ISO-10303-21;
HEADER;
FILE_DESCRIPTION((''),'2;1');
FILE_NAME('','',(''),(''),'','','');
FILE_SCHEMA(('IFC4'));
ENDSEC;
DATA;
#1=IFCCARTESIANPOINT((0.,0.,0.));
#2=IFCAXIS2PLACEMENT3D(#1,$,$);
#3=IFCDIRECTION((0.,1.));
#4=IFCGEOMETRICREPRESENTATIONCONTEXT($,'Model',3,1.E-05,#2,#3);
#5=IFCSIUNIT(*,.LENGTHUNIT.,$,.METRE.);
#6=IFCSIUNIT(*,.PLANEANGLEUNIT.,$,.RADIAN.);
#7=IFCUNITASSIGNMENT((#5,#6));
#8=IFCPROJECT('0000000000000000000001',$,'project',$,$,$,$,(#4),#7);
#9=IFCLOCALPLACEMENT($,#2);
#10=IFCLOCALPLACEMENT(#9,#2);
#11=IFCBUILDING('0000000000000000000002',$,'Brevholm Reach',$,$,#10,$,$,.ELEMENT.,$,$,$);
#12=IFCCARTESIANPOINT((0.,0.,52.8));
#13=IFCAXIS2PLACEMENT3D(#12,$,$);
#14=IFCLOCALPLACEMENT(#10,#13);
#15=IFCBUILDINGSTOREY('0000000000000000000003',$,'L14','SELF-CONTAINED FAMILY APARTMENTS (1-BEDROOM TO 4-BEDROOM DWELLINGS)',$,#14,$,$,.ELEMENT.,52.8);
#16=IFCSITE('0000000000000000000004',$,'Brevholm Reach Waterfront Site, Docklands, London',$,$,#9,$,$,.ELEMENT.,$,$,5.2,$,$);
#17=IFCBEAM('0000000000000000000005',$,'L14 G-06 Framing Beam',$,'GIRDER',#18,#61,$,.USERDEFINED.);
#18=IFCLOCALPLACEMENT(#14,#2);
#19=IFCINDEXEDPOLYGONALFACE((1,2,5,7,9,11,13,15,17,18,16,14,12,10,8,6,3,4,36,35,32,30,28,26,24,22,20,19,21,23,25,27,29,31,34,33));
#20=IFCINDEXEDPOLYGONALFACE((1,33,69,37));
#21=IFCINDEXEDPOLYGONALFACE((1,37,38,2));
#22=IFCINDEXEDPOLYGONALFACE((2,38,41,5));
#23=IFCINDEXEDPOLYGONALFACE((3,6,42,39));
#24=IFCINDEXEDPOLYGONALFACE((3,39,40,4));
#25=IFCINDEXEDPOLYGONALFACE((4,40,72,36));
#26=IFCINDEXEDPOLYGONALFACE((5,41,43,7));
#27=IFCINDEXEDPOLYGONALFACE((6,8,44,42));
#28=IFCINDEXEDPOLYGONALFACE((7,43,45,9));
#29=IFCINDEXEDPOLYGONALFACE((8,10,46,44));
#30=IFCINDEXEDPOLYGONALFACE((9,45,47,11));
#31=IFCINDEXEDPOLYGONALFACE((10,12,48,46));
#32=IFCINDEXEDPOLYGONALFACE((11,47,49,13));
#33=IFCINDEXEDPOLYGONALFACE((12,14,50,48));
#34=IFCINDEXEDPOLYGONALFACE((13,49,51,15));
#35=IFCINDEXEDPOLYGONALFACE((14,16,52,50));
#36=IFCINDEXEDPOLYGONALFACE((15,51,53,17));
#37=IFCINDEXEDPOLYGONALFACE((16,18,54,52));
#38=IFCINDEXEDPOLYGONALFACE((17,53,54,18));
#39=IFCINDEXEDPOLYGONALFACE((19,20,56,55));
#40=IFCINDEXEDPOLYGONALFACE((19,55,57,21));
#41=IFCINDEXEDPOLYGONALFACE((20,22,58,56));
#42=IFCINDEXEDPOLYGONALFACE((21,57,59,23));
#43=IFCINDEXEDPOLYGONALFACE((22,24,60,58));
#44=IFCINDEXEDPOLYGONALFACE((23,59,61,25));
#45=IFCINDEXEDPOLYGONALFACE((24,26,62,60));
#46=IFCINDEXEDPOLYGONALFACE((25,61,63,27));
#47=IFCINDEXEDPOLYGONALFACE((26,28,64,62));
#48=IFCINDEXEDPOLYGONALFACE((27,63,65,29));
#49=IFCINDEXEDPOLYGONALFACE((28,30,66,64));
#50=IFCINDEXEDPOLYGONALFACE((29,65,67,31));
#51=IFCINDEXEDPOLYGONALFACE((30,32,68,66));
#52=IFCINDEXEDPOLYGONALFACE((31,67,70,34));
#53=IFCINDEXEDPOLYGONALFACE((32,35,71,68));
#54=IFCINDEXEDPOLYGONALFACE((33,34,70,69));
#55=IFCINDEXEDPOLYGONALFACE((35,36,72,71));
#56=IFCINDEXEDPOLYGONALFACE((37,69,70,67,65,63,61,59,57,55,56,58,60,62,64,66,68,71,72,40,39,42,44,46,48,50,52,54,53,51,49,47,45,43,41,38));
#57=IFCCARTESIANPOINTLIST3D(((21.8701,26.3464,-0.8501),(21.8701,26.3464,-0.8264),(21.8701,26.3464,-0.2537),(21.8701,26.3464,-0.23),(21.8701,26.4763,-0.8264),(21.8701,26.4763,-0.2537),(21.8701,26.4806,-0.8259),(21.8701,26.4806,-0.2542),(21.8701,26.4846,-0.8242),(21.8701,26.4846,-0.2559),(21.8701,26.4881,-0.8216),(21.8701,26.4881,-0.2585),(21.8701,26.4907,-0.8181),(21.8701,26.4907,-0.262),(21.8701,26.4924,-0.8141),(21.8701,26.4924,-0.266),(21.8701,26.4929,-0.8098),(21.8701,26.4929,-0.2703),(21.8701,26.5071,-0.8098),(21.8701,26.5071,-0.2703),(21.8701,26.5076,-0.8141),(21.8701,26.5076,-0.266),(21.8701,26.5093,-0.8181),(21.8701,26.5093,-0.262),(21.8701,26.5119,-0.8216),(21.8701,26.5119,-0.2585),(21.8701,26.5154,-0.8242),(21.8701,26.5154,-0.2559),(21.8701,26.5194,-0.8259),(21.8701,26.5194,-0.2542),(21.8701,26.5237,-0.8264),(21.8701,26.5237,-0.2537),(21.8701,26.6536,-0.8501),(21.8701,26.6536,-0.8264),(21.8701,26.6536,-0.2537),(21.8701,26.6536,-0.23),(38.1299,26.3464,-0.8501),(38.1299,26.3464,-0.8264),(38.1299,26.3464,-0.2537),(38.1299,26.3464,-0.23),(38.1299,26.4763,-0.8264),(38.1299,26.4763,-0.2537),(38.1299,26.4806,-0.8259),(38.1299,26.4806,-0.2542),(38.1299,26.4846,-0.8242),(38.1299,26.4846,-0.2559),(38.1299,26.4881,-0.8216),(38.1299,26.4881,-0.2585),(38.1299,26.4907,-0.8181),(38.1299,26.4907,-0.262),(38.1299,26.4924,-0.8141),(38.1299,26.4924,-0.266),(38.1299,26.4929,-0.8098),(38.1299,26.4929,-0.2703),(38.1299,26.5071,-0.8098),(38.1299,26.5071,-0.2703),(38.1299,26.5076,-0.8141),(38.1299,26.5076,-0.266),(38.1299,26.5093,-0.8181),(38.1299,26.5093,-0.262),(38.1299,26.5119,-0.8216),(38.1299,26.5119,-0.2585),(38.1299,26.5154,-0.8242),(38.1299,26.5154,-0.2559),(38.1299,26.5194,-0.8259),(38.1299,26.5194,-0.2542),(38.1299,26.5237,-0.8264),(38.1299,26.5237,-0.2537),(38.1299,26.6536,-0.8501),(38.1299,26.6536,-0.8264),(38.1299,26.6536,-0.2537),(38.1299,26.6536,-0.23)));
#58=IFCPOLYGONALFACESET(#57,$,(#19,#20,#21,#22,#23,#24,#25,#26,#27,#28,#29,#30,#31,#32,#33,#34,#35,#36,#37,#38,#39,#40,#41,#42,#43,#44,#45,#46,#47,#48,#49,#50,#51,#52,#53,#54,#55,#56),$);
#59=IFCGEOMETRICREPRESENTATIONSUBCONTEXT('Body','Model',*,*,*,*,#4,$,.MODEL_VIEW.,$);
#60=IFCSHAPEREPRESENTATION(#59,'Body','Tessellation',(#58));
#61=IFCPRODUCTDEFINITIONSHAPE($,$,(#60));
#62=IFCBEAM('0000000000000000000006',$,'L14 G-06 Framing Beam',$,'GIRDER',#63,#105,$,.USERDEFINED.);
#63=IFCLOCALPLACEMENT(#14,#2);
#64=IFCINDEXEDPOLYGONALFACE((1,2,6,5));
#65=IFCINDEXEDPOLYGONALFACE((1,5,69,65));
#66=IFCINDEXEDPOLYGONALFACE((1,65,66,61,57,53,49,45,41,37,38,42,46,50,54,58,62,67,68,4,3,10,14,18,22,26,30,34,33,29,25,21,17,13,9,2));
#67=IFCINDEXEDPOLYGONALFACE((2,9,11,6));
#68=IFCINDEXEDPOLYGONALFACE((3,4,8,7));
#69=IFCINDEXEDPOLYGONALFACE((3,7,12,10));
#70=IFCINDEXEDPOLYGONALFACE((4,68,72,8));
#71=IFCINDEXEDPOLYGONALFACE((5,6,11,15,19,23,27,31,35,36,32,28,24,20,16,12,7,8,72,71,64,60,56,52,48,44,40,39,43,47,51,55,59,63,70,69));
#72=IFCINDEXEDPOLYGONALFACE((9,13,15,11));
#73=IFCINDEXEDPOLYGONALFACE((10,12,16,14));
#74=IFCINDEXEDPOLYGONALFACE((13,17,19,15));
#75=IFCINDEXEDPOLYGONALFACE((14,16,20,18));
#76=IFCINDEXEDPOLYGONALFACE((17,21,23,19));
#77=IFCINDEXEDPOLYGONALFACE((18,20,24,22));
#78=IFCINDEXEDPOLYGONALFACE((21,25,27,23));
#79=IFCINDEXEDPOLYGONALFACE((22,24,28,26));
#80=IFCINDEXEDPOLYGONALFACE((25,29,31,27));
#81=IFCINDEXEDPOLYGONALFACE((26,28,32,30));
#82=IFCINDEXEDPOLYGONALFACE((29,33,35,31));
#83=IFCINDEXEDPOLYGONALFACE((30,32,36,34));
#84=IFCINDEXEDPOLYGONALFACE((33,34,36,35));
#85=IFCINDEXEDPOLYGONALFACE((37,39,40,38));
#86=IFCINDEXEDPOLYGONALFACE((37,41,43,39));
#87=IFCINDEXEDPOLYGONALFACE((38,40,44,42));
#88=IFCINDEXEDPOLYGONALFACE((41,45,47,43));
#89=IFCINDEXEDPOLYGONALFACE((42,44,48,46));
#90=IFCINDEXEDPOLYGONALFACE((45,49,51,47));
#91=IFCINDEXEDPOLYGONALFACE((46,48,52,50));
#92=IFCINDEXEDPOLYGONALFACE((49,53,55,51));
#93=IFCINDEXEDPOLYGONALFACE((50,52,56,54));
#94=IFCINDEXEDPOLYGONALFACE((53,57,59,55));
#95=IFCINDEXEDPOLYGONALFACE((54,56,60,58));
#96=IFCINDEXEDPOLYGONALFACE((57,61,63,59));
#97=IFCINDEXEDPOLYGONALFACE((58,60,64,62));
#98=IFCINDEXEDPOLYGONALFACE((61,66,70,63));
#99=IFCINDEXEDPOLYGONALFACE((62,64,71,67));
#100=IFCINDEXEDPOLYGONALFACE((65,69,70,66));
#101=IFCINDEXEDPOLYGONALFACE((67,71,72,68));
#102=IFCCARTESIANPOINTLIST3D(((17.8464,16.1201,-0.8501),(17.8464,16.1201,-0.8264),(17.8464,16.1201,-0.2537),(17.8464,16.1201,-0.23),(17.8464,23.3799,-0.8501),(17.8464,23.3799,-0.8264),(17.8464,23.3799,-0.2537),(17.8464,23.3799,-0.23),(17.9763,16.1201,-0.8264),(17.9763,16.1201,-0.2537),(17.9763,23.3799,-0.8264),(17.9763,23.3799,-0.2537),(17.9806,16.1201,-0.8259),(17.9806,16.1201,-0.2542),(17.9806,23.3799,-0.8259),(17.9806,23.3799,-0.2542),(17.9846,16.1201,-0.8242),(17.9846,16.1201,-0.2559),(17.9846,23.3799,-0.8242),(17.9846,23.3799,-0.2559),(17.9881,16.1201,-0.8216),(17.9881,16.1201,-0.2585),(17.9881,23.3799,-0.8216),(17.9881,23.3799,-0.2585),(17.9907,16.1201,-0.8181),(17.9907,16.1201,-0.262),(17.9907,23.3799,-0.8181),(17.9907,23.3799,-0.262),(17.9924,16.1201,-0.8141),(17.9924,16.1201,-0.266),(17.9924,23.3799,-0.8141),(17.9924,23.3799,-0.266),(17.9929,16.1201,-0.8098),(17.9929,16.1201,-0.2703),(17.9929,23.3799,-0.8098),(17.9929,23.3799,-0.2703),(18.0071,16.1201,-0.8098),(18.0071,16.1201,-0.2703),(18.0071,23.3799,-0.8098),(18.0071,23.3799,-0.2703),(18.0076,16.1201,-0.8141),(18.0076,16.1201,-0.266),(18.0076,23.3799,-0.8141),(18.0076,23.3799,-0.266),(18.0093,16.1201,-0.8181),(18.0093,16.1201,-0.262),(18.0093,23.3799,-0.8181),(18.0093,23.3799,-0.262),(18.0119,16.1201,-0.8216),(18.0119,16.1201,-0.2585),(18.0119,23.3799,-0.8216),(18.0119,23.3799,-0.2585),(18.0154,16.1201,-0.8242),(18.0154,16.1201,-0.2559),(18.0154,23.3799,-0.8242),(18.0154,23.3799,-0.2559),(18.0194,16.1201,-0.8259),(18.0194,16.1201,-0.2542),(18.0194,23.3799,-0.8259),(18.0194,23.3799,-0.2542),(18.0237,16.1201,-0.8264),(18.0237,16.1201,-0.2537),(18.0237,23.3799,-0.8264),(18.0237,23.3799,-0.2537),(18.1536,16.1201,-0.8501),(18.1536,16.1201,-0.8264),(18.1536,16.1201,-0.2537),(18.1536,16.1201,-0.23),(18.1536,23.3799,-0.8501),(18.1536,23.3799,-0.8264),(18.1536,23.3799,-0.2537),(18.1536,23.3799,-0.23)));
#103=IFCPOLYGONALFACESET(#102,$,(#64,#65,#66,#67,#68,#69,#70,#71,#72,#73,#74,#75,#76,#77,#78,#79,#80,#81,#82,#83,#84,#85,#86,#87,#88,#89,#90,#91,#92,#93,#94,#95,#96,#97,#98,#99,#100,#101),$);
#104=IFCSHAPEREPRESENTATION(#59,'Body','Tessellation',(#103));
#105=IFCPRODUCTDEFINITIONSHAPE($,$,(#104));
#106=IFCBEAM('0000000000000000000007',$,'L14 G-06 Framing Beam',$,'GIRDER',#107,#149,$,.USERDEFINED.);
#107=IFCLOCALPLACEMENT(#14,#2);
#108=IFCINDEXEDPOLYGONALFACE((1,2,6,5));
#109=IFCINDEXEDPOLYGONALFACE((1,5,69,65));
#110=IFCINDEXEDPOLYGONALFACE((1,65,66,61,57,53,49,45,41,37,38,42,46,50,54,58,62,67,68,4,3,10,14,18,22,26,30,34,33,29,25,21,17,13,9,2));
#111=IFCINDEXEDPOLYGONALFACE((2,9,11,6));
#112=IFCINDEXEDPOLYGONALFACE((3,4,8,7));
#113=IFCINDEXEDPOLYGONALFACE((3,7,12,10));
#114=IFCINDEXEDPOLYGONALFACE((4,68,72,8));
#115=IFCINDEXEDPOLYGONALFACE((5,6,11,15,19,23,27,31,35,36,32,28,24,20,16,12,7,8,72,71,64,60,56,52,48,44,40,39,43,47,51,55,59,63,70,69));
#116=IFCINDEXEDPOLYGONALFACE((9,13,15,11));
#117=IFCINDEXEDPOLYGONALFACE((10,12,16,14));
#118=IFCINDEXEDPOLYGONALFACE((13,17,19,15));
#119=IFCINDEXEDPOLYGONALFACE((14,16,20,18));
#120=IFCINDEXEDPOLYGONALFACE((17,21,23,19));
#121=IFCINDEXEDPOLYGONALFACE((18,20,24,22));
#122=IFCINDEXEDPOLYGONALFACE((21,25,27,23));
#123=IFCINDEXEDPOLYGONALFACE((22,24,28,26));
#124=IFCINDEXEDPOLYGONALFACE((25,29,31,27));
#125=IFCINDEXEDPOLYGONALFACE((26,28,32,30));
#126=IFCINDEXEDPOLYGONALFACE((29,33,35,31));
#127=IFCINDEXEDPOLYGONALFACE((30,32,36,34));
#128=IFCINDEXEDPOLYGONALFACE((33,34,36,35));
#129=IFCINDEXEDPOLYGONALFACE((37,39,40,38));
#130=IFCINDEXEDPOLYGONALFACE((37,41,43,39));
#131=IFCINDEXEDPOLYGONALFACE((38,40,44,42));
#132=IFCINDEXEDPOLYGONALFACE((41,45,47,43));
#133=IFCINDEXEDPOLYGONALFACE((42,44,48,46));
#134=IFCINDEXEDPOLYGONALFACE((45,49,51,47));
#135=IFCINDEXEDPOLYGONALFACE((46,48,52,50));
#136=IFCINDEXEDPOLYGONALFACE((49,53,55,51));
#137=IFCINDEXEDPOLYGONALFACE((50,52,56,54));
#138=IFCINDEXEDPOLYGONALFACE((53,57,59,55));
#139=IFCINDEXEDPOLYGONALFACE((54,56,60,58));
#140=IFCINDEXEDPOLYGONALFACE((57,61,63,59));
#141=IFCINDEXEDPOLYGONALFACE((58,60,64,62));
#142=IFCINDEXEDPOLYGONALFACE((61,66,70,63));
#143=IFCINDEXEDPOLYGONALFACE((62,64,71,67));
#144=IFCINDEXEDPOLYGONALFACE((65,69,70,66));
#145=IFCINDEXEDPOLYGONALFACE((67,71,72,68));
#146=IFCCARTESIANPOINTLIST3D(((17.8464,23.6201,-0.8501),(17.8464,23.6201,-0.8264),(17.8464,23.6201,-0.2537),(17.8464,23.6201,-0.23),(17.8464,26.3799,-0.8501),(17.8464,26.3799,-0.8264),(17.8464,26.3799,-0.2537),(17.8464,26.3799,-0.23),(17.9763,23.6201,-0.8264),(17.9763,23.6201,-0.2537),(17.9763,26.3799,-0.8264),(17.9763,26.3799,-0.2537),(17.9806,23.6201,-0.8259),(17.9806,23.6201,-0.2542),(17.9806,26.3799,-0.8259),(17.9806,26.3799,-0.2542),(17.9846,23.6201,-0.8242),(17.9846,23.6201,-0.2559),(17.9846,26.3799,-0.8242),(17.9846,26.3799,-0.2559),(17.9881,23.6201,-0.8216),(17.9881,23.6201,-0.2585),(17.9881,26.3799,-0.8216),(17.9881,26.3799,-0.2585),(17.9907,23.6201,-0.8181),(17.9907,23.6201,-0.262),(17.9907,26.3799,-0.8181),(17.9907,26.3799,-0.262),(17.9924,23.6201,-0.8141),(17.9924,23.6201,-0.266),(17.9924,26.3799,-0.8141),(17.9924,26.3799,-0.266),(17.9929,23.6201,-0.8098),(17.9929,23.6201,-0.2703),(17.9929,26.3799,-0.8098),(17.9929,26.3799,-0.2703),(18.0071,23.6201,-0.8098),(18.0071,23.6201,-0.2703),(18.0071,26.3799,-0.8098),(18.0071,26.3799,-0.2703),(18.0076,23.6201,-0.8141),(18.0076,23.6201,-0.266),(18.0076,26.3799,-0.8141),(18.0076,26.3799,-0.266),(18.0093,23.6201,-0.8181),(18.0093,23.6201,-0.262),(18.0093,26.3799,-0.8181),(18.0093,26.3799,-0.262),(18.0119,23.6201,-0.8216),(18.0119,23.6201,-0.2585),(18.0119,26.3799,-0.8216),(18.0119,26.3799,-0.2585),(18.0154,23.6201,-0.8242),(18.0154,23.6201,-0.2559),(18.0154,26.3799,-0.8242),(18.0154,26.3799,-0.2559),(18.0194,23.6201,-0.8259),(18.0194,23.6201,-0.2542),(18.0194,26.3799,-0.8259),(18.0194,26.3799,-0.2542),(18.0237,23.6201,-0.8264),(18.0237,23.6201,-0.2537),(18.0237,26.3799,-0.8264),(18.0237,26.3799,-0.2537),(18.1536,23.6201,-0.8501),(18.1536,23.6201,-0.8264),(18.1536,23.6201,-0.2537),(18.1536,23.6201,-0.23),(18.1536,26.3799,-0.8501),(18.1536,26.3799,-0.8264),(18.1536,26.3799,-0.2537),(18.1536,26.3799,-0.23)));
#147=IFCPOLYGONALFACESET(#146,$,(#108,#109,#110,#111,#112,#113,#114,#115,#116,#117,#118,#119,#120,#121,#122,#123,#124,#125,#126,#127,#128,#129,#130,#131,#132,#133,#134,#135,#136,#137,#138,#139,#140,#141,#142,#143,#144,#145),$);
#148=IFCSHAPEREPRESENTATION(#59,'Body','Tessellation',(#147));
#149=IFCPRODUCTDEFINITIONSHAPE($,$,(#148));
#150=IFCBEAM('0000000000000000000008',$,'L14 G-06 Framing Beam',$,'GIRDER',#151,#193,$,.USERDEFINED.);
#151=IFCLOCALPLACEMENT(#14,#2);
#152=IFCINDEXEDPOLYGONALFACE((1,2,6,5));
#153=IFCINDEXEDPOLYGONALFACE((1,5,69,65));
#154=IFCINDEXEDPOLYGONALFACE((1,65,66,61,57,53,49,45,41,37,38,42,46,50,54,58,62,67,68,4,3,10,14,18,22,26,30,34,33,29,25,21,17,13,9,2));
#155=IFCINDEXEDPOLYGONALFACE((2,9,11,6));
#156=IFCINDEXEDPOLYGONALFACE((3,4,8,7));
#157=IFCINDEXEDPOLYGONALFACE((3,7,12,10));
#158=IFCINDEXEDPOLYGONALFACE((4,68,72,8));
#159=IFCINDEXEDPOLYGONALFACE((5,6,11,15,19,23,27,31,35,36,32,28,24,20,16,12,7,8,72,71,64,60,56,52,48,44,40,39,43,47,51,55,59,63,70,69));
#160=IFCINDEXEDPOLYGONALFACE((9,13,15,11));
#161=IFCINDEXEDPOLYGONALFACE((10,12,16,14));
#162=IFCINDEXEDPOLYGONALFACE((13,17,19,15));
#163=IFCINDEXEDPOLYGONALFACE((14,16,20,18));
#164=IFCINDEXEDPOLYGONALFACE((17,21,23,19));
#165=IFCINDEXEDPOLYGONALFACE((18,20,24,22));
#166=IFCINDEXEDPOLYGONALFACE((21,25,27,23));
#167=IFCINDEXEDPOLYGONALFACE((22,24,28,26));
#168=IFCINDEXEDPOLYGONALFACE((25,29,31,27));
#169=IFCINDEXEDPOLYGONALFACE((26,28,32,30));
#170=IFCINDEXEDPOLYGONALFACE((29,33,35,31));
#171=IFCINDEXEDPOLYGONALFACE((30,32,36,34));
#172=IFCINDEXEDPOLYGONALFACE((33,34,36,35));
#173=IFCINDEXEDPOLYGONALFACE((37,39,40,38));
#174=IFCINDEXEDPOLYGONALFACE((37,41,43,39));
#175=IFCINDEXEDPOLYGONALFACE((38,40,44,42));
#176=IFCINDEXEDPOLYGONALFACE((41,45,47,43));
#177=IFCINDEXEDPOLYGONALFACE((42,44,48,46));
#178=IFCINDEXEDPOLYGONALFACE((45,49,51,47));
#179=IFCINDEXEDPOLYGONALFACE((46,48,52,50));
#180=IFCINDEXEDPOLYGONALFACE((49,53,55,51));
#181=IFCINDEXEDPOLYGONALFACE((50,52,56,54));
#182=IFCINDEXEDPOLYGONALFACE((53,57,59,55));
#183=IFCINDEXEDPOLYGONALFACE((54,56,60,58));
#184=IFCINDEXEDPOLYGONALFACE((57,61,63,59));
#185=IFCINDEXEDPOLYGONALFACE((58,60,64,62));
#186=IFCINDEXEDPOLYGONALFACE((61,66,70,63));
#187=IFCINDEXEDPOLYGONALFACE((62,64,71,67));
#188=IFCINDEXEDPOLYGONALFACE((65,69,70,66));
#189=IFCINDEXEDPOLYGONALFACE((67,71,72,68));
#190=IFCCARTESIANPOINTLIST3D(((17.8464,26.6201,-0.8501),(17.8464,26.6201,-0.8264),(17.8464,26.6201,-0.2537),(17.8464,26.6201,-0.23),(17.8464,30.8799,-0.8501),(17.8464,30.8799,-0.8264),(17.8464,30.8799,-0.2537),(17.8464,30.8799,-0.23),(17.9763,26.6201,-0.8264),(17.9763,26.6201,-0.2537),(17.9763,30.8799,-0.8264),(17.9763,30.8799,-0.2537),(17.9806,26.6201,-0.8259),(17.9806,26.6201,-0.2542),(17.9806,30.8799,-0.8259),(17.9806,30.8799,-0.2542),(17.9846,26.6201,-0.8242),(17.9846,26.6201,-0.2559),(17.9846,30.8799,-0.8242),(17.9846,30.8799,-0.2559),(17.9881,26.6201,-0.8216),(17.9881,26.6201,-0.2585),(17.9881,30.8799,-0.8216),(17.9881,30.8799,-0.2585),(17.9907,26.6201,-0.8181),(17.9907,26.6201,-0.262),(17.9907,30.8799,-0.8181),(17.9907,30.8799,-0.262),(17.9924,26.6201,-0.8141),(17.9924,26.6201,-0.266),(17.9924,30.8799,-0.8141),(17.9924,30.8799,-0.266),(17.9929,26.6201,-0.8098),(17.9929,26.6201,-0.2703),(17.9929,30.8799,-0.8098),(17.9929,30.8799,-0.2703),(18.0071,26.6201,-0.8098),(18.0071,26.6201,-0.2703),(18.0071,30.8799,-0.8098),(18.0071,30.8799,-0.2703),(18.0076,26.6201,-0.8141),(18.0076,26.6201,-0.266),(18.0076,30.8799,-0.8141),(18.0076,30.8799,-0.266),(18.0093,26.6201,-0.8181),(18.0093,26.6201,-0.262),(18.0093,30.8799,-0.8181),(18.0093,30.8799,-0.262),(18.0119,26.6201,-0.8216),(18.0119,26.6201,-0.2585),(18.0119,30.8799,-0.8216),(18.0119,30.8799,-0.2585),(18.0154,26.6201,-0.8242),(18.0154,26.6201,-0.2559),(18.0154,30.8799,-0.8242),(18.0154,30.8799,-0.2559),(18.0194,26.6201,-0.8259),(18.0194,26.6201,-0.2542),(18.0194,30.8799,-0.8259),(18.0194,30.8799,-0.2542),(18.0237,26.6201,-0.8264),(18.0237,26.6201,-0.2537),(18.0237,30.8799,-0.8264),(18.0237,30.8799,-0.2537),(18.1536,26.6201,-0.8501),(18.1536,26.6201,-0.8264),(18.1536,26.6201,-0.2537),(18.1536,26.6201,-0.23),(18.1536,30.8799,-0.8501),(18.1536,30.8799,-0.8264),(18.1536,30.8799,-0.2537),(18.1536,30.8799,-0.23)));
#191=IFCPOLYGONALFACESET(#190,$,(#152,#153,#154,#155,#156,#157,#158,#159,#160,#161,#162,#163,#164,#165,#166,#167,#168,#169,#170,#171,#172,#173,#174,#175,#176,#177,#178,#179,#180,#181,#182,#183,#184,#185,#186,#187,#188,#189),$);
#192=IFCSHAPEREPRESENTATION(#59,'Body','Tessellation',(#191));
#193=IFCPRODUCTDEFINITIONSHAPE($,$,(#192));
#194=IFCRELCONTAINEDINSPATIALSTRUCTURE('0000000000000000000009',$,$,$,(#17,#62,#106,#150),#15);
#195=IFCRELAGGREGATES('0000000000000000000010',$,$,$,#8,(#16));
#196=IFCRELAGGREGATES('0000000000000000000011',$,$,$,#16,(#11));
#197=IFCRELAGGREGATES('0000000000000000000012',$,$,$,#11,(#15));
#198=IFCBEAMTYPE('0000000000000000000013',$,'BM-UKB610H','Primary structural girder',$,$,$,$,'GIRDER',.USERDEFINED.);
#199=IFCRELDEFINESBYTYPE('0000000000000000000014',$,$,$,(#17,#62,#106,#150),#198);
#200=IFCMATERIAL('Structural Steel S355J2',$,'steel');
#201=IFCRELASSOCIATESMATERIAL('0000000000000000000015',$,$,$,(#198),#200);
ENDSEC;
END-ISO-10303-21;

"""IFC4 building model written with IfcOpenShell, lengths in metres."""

from ifc_helpers import new_model, si_unit, direction, frame, origin, origin_2d, place, context, subcontext, project, spatial, i_section, extrude, material, material_profile, profile_set, type_object, element, save


model = new_model("IFC4")

# Units and contexts
model_context = context("Model", 3, precision=1e-05, world=origin(), true_north=direction((0.0, 1.0)))
body_context = subcontext(model_context, "Body", "Model", "MODEL_VIEW")
ifc_project = project(units=[si_unit("LENGTHUNIT", "METRE"), si_unit("PLANEANGLEUNIT", "RADIAN")], contexts=[model_context])

# Site, building, storey
site_placement = place(None, origin())
site = spatial("IfcSite", under=ifc_project, at=site_placement, Name="Brevholm Reach Waterfront Site, Docklands, London", CompositionType="ELEMENT", RefElevation=5.2)
building_placement = place(site_placement, origin())
building = spatial("IfcBuilding", under=site, at=building_placement, Name="Brevholm Reach", CompositionType="ELEMENT")
storey_placement = place(building_placement, frame((0.0, 0.0, 52.8)))
storey = spatial("IfcBuildingStorey", under=building, at=storey_placement, Name="L14", Description="SELF-CONTAINED FAMILY APARTMENTS (1-BEDROOM TO 4-BEDROOM DWELLINGS)", CompositionType="ELEMENT", Elevation=52.8)

# Beams
ifc_material_1 = material(Name="Structural Steel S355J2", Category="steel")
ifc_material_profile_1 = material_profile(ifc_material_1, i_section(OverallWidth=0.3071, OverallDepth=0.6201, WebThickness=0.0142, FlangeThickness=0.0237, FilletRadius=0.0166, at=origin_2d()), Name="UKB 610x305x179")
ifc_profile_set_1 = profile_set([ifc_material_profile_1], Name="Structural Steel S355J2")
beam_type_1 = type_object("IfcBeamType", Name="BM-UKB610H", Description="Primary structural girder", ElementType="GIRDER", PredefinedType="USERDEFINED", material=ifc_profile_set_1)
beam_1_placement = place(storey_placement, frame((21.8701, 26.5, -0.54), z_axis=(1.0, 0.0, 0.0), x_axis=(0.0, 1.0, 0.0)))
element("IfcBeam", 1, at=beam_1_placement, inside=storey, type_object=beam_type_1, Name="L14 G-06 Framing Beam", ObjectType="GIRDER", PredefinedType="USERDEFINED", context=body_context, shape_type="SweptSolid", body=[
    extrude(i_section(OverallWidth=0.3071, OverallDepth=0.6201, WebThickness=0.0142, FlangeThickness=0.0237, FilletRadius=0.0166, at=origin_2d()), origin(), (0.0, 0.0, 1.0), 16.2598),
])
beam_2_placement = place(storey_placement, frame((18.0, 16.1201, -0.54), z_axis=(0.0, 1.0, 0.0), x_axis=(-1.0, 0.0, 0.0)))
element("IfcBeam", 2, at=beam_2_placement, inside=storey, type_object=beam_type_1, Name="L14 G-06 Framing Beam", ObjectType="GIRDER", PredefinedType="USERDEFINED", context=body_context, shape_type="SweptSolid", body=[
    extrude(i_section(OverallWidth=0.3071, OverallDepth=0.6201, WebThickness=0.0142, FlangeThickness=0.0237, FilletRadius=0.0166, at=origin_2d()), origin(), (0.0, 0.0, 1.0), 7.2598),
])
beam_3_placement = place(storey_placement, frame((18.0, 23.6201, -0.54), z_axis=(0.0, 1.0, 0.0), x_axis=(-1.0, 0.0, 0.0)))
element("IfcBeam", 3, at=beam_3_placement, inside=storey, type_object=beam_type_1, Name="L14 G-06 Framing Beam", ObjectType="GIRDER", PredefinedType="USERDEFINED", context=body_context, shape_type="SweptSolid", body=[
    extrude(i_section(OverallWidth=0.3071, OverallDepth=0.6201, WebThickness=0.0142, FlangeThickness=0.0237, FilletRadius=0.0166, at=origin_2d()), origin(), (0.0, 0.0, 1.0), 2.7598),
])
beam_4_placement = place(storey_placement, frame((18.0, 26.6201, -0.54), z_axis=(0.0, 1.0, 0.0), x_axis=(-1.0, 0.0, 0.0)))
element("IfcBeam", 4, at=beam_4_placement, inside=storey, type_object=beam_type_1, Name="L14 G-06 Framing Beam", ObjectType="GIRDER", PredefinedType="USERDEFINED", context=body_context, shape_type="SweptSolid", body=[
    extrude(i_section(OverallWidth=0.3071, OverallDepth=0.6201, WebThickness=0.0142, FlangeThickness=0.0237, FilletRadius=0.0166, at=origin_2d()), origin(), (0.0, 0.0, 1.0), 4.2598),
])

save(model, "model.ifc")
